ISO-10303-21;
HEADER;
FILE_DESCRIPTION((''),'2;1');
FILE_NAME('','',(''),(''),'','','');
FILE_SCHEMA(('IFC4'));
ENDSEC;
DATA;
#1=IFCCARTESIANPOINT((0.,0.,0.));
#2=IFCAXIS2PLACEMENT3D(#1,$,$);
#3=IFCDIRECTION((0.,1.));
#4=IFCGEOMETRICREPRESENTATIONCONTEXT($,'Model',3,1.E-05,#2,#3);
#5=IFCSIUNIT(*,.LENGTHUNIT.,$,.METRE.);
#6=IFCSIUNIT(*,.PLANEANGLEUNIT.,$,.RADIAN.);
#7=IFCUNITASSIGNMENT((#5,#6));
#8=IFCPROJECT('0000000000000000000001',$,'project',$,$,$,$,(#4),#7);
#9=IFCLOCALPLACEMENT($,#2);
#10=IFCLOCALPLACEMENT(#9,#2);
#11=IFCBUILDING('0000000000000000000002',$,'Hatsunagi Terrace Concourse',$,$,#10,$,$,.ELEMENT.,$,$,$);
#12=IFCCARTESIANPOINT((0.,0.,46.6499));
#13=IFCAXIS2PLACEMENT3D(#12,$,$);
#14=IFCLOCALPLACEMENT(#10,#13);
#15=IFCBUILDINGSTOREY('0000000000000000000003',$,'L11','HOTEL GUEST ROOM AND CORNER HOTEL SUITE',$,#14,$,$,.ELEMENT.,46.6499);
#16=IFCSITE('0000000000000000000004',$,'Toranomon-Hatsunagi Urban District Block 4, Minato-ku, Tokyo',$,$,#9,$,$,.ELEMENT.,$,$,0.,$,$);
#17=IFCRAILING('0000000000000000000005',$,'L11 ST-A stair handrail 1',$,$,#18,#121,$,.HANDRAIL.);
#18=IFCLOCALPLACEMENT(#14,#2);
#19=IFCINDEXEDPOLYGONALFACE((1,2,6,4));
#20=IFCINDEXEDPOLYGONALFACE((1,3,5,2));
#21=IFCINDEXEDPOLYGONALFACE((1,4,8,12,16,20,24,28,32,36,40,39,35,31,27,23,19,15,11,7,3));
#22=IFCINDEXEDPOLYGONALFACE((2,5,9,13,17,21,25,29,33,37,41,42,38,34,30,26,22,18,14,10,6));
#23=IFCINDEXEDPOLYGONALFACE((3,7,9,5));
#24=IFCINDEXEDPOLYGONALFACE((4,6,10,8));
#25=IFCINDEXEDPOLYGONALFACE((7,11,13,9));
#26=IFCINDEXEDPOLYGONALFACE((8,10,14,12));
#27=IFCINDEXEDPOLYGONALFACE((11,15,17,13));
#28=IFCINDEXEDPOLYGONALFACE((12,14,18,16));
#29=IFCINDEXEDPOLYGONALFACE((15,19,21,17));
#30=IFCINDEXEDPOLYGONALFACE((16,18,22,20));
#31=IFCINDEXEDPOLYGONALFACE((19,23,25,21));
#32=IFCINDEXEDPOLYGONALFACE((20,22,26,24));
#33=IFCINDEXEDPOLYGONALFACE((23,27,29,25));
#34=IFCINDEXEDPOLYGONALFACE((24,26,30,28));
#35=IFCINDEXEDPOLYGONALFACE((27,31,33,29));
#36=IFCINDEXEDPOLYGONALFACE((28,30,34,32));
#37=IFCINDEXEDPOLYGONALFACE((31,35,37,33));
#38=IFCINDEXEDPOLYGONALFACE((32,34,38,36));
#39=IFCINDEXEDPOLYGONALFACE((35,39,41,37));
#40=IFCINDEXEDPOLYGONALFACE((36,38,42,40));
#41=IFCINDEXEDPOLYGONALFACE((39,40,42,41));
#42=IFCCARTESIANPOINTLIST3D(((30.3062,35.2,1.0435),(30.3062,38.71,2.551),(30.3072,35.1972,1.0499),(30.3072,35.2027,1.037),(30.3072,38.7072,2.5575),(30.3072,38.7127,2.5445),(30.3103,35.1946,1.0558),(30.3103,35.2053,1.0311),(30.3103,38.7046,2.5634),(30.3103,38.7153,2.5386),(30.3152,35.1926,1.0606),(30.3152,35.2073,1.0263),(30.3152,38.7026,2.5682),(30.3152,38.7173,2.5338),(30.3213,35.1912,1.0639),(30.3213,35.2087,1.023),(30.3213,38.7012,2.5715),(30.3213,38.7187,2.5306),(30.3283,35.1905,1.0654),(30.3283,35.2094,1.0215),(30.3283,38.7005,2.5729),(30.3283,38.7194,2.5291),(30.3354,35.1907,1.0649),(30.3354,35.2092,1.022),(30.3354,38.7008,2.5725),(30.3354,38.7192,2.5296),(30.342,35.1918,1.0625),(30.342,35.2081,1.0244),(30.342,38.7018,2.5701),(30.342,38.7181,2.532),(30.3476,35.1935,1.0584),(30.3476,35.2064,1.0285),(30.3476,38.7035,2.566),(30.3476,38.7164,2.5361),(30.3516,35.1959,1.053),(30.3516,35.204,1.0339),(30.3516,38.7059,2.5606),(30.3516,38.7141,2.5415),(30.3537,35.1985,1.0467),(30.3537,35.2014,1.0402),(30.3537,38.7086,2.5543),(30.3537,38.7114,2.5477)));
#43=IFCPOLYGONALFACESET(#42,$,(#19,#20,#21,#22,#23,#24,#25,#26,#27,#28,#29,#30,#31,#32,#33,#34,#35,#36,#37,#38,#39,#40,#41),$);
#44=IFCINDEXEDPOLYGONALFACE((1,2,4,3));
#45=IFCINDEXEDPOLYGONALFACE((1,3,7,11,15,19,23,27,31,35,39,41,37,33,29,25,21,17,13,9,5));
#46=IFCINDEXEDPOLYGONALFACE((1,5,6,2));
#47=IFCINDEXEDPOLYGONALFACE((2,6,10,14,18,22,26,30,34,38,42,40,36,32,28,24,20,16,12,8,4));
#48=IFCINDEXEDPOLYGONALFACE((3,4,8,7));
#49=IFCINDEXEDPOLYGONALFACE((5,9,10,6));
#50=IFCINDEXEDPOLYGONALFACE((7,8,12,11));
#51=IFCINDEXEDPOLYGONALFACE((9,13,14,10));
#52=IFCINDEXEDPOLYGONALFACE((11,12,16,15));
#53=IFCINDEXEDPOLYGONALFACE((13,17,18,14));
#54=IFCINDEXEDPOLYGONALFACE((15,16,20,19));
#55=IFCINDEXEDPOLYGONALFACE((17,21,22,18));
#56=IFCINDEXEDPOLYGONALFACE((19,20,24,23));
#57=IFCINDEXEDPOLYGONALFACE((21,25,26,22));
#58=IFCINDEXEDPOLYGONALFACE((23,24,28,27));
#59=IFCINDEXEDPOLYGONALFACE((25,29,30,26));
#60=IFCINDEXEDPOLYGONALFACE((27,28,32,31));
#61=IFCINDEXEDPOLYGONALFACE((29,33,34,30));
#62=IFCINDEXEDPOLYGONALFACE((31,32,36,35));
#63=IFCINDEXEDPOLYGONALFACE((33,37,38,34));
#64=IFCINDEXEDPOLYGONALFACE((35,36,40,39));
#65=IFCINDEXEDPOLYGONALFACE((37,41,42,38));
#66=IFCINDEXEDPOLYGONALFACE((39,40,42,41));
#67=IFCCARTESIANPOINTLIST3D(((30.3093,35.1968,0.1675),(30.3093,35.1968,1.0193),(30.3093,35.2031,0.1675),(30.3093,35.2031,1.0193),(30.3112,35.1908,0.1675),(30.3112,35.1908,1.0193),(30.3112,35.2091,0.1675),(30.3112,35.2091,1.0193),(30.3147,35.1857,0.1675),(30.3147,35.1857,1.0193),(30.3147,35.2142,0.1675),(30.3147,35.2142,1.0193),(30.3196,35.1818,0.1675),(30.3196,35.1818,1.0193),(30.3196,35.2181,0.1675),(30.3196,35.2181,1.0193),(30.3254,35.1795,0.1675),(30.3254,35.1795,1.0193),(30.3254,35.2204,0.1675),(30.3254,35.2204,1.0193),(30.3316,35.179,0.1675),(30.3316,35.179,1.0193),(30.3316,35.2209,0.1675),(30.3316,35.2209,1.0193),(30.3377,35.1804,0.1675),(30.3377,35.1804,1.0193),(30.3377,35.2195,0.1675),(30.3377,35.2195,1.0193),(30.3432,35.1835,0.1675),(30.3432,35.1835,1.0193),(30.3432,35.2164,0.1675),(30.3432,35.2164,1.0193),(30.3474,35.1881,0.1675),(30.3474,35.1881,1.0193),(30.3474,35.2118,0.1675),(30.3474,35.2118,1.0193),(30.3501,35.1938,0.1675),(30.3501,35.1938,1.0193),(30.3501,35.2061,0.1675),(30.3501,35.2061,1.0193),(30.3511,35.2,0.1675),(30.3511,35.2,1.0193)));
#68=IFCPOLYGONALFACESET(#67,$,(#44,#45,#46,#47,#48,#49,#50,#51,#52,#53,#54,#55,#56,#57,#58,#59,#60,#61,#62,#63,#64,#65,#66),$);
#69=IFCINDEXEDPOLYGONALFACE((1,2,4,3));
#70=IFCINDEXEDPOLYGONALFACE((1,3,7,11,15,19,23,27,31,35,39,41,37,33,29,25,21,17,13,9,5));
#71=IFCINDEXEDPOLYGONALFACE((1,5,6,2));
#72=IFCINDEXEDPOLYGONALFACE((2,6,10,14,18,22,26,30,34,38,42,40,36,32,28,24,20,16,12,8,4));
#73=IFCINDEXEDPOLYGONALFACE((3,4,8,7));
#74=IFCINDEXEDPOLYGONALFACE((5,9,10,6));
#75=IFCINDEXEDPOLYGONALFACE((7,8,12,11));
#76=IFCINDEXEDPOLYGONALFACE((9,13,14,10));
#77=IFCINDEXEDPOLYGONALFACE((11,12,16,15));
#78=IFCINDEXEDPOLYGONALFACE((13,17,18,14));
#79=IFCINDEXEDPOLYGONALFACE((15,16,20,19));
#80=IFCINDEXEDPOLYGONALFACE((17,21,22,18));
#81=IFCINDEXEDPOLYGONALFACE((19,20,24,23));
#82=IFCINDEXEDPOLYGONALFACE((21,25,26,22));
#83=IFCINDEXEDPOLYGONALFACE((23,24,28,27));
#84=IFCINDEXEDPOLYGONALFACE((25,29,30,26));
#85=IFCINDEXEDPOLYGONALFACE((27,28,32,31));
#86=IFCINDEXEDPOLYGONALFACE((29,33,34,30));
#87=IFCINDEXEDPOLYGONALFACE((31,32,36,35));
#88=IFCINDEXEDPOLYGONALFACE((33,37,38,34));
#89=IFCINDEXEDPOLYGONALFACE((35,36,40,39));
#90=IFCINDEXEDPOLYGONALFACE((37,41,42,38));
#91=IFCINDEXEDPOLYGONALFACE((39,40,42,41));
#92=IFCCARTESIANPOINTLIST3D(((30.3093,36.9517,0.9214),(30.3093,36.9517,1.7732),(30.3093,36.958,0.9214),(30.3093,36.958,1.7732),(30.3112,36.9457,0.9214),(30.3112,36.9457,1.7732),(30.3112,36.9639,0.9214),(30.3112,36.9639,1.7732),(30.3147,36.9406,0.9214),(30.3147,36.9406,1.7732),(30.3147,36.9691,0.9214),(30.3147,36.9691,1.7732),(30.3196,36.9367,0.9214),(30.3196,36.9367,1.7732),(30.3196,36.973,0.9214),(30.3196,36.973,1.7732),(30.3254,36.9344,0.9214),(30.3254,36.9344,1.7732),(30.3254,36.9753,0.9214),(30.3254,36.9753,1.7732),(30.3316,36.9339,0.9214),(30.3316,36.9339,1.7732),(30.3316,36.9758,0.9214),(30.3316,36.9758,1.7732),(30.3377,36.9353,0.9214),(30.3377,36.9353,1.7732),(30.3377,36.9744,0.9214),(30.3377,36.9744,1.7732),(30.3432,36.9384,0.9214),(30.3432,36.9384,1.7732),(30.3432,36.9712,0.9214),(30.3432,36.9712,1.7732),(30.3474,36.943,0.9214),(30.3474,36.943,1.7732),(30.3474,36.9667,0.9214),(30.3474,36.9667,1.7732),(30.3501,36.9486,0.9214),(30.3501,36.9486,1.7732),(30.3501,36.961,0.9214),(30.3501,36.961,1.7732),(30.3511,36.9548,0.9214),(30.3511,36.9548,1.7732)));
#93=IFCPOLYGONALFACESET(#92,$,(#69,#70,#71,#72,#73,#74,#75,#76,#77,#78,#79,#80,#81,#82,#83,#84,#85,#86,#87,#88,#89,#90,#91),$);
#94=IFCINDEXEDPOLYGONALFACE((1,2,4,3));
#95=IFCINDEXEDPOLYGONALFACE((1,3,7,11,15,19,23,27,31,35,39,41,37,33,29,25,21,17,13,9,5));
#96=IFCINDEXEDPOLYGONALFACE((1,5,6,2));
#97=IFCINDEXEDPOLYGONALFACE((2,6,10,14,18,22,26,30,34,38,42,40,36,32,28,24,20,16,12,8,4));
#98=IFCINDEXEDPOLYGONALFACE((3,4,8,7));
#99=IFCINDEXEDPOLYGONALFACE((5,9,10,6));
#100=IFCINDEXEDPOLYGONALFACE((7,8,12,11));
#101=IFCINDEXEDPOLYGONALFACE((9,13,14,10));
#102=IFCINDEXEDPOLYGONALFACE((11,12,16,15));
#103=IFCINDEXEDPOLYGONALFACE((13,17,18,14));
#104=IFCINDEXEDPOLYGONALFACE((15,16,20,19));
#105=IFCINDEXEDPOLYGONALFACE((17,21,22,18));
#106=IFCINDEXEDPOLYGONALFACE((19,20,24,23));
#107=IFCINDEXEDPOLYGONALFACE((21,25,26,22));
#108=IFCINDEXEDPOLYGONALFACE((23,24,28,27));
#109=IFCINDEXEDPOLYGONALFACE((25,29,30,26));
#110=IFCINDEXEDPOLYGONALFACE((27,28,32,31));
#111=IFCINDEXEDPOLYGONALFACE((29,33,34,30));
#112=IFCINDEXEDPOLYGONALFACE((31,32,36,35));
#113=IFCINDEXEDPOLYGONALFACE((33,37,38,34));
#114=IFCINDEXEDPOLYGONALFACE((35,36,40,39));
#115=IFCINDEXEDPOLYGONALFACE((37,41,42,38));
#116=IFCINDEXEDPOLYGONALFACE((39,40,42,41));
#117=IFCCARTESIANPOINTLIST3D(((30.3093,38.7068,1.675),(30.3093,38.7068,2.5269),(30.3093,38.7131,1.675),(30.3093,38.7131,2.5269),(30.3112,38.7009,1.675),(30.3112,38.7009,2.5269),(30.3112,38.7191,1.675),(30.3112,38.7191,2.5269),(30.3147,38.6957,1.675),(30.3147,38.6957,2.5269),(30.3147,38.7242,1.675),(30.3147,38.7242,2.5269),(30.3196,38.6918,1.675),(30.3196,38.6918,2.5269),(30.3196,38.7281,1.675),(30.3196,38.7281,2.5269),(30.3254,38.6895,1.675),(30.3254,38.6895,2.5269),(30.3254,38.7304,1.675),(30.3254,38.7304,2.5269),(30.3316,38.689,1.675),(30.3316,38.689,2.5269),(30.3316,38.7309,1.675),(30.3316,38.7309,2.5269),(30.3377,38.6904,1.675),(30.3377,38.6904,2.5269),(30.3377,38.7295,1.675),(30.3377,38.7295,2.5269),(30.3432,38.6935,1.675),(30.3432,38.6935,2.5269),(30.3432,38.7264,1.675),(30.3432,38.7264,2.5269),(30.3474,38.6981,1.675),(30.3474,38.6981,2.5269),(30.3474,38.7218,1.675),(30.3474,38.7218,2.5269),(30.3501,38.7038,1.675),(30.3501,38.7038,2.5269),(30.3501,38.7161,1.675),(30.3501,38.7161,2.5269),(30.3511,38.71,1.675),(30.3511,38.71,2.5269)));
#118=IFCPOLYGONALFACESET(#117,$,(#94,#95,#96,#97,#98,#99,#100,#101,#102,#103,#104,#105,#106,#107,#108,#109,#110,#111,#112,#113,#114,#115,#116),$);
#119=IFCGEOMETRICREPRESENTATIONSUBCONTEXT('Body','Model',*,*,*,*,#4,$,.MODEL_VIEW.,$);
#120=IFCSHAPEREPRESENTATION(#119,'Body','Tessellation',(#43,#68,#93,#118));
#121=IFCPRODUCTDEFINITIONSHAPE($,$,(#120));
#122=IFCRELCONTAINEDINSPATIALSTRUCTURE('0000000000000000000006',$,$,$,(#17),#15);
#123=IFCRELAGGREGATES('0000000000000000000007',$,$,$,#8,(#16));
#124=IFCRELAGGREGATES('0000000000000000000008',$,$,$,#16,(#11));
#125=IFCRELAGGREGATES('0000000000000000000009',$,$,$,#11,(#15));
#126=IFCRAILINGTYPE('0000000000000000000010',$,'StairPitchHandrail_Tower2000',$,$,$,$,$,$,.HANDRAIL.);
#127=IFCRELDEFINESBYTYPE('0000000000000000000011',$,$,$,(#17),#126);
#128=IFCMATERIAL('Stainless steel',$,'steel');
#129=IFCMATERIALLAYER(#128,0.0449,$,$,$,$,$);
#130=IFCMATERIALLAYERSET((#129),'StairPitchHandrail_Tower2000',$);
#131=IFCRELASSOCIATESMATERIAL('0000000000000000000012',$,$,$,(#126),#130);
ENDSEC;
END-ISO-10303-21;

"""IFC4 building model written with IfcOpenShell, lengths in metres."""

from ifc_helpers import new_model, si_unit, direction, frame, origin, origin_2d, place, context, subcontext, project, spatial, circle, extrude, material, layer, layer_set, type_object, element, save


model = new_model("IFC4")

# Units and contexts
model_context = context("Model", 3, precision=1e-05, world=origin(), true_north=direction((0.0, 1.0)))
body_context = subcontext(model_context, "Body", "Model", "MODEL_VIEW")
ifc_project = project(units=[si_unit("LENGTHUNIT", "METRE"), si_unit("PLANEANGLEUNIT", "RADIAN")], contexts=[model_context])

# Site, building, storey
site_placement = place(None, origin())
site = spatial("IfcSite", under=ifc_project, at=site_placement, Name="Toranomon-Hatsunagi Urban District Block 4, Minato-ku, Tokyo", CompositionType="ELEMENT", RefElevation=0.0)
building_placement = place(site_placement, origin())
building = spatial("IfcBuilding", under=site, at=building_placement, Name="Hatsunagi Terrace Concourse", CompositionType="ELEMENT")
storey_placement = place(building_placement, frame((0.0, 0.0, 46.6499)))
storey = spatial("IfcBuildingStorey", under=building, at=storey_placement, Name="L11", Description="HOTEL GUEST ROOM AND CORNER HOTEL SUITE", CompositionType="ELEMENT", Elevation=46.6499)

# Railing
ifc_material_1 = material(Name="Stainless steel", Category="steel")
ifc_layer_1 = layer(ifc_material_1, 0.0449)
ifc_layer_set_1 = layer_set([ifc_layer_1], Name="StairPitchHandrail_Tower2000")
railing_type_1 = type_object("IfcRailingType", Name="StairPitchHandrail_Tower2000", PredefinedType="HANDRAIL", material=ifc_layer_set_1)
railing_1_placement = place(storey_placement, frame((30.3301, 35.2, 0.1675)))
element("IfcRailing", 1, at=railing_1_placement, inside=storey, type_object=railing_type_1, Name="L11 ST-A stair handrail 1", PredefinedType="HANDRAIL", context=body_context, shape_type="SweptSolid", body=[
    extrude(circle(Radius=0.0239, at=origin_2d()), frame((0.0, 0.0, 0.876), z_axis=(0.0, 0.918834, 0.394644), x_axis=(-1.0, 0.0, 0.0)), (0.0, 0.0, 1.0), 3.8201),
    extrude(circle(Radius=0.021, at=origin_2d()), origin(), (0.0, 0.0, 1.0), 0.8518),
    extrude(circle(Radius=0.021, at=origin_2d()), frame((0.0, 1.7549, 0.7539)), (0.0, 0.0, 1.0), 0.8518),
    extrude(circle(Radius=0.021, at=origin_2d()), frame((0.0, 3.51, 1.5076)), (0.0, 0.0, 1.0), 0.8518),
])

save(model, "model.ifc")
